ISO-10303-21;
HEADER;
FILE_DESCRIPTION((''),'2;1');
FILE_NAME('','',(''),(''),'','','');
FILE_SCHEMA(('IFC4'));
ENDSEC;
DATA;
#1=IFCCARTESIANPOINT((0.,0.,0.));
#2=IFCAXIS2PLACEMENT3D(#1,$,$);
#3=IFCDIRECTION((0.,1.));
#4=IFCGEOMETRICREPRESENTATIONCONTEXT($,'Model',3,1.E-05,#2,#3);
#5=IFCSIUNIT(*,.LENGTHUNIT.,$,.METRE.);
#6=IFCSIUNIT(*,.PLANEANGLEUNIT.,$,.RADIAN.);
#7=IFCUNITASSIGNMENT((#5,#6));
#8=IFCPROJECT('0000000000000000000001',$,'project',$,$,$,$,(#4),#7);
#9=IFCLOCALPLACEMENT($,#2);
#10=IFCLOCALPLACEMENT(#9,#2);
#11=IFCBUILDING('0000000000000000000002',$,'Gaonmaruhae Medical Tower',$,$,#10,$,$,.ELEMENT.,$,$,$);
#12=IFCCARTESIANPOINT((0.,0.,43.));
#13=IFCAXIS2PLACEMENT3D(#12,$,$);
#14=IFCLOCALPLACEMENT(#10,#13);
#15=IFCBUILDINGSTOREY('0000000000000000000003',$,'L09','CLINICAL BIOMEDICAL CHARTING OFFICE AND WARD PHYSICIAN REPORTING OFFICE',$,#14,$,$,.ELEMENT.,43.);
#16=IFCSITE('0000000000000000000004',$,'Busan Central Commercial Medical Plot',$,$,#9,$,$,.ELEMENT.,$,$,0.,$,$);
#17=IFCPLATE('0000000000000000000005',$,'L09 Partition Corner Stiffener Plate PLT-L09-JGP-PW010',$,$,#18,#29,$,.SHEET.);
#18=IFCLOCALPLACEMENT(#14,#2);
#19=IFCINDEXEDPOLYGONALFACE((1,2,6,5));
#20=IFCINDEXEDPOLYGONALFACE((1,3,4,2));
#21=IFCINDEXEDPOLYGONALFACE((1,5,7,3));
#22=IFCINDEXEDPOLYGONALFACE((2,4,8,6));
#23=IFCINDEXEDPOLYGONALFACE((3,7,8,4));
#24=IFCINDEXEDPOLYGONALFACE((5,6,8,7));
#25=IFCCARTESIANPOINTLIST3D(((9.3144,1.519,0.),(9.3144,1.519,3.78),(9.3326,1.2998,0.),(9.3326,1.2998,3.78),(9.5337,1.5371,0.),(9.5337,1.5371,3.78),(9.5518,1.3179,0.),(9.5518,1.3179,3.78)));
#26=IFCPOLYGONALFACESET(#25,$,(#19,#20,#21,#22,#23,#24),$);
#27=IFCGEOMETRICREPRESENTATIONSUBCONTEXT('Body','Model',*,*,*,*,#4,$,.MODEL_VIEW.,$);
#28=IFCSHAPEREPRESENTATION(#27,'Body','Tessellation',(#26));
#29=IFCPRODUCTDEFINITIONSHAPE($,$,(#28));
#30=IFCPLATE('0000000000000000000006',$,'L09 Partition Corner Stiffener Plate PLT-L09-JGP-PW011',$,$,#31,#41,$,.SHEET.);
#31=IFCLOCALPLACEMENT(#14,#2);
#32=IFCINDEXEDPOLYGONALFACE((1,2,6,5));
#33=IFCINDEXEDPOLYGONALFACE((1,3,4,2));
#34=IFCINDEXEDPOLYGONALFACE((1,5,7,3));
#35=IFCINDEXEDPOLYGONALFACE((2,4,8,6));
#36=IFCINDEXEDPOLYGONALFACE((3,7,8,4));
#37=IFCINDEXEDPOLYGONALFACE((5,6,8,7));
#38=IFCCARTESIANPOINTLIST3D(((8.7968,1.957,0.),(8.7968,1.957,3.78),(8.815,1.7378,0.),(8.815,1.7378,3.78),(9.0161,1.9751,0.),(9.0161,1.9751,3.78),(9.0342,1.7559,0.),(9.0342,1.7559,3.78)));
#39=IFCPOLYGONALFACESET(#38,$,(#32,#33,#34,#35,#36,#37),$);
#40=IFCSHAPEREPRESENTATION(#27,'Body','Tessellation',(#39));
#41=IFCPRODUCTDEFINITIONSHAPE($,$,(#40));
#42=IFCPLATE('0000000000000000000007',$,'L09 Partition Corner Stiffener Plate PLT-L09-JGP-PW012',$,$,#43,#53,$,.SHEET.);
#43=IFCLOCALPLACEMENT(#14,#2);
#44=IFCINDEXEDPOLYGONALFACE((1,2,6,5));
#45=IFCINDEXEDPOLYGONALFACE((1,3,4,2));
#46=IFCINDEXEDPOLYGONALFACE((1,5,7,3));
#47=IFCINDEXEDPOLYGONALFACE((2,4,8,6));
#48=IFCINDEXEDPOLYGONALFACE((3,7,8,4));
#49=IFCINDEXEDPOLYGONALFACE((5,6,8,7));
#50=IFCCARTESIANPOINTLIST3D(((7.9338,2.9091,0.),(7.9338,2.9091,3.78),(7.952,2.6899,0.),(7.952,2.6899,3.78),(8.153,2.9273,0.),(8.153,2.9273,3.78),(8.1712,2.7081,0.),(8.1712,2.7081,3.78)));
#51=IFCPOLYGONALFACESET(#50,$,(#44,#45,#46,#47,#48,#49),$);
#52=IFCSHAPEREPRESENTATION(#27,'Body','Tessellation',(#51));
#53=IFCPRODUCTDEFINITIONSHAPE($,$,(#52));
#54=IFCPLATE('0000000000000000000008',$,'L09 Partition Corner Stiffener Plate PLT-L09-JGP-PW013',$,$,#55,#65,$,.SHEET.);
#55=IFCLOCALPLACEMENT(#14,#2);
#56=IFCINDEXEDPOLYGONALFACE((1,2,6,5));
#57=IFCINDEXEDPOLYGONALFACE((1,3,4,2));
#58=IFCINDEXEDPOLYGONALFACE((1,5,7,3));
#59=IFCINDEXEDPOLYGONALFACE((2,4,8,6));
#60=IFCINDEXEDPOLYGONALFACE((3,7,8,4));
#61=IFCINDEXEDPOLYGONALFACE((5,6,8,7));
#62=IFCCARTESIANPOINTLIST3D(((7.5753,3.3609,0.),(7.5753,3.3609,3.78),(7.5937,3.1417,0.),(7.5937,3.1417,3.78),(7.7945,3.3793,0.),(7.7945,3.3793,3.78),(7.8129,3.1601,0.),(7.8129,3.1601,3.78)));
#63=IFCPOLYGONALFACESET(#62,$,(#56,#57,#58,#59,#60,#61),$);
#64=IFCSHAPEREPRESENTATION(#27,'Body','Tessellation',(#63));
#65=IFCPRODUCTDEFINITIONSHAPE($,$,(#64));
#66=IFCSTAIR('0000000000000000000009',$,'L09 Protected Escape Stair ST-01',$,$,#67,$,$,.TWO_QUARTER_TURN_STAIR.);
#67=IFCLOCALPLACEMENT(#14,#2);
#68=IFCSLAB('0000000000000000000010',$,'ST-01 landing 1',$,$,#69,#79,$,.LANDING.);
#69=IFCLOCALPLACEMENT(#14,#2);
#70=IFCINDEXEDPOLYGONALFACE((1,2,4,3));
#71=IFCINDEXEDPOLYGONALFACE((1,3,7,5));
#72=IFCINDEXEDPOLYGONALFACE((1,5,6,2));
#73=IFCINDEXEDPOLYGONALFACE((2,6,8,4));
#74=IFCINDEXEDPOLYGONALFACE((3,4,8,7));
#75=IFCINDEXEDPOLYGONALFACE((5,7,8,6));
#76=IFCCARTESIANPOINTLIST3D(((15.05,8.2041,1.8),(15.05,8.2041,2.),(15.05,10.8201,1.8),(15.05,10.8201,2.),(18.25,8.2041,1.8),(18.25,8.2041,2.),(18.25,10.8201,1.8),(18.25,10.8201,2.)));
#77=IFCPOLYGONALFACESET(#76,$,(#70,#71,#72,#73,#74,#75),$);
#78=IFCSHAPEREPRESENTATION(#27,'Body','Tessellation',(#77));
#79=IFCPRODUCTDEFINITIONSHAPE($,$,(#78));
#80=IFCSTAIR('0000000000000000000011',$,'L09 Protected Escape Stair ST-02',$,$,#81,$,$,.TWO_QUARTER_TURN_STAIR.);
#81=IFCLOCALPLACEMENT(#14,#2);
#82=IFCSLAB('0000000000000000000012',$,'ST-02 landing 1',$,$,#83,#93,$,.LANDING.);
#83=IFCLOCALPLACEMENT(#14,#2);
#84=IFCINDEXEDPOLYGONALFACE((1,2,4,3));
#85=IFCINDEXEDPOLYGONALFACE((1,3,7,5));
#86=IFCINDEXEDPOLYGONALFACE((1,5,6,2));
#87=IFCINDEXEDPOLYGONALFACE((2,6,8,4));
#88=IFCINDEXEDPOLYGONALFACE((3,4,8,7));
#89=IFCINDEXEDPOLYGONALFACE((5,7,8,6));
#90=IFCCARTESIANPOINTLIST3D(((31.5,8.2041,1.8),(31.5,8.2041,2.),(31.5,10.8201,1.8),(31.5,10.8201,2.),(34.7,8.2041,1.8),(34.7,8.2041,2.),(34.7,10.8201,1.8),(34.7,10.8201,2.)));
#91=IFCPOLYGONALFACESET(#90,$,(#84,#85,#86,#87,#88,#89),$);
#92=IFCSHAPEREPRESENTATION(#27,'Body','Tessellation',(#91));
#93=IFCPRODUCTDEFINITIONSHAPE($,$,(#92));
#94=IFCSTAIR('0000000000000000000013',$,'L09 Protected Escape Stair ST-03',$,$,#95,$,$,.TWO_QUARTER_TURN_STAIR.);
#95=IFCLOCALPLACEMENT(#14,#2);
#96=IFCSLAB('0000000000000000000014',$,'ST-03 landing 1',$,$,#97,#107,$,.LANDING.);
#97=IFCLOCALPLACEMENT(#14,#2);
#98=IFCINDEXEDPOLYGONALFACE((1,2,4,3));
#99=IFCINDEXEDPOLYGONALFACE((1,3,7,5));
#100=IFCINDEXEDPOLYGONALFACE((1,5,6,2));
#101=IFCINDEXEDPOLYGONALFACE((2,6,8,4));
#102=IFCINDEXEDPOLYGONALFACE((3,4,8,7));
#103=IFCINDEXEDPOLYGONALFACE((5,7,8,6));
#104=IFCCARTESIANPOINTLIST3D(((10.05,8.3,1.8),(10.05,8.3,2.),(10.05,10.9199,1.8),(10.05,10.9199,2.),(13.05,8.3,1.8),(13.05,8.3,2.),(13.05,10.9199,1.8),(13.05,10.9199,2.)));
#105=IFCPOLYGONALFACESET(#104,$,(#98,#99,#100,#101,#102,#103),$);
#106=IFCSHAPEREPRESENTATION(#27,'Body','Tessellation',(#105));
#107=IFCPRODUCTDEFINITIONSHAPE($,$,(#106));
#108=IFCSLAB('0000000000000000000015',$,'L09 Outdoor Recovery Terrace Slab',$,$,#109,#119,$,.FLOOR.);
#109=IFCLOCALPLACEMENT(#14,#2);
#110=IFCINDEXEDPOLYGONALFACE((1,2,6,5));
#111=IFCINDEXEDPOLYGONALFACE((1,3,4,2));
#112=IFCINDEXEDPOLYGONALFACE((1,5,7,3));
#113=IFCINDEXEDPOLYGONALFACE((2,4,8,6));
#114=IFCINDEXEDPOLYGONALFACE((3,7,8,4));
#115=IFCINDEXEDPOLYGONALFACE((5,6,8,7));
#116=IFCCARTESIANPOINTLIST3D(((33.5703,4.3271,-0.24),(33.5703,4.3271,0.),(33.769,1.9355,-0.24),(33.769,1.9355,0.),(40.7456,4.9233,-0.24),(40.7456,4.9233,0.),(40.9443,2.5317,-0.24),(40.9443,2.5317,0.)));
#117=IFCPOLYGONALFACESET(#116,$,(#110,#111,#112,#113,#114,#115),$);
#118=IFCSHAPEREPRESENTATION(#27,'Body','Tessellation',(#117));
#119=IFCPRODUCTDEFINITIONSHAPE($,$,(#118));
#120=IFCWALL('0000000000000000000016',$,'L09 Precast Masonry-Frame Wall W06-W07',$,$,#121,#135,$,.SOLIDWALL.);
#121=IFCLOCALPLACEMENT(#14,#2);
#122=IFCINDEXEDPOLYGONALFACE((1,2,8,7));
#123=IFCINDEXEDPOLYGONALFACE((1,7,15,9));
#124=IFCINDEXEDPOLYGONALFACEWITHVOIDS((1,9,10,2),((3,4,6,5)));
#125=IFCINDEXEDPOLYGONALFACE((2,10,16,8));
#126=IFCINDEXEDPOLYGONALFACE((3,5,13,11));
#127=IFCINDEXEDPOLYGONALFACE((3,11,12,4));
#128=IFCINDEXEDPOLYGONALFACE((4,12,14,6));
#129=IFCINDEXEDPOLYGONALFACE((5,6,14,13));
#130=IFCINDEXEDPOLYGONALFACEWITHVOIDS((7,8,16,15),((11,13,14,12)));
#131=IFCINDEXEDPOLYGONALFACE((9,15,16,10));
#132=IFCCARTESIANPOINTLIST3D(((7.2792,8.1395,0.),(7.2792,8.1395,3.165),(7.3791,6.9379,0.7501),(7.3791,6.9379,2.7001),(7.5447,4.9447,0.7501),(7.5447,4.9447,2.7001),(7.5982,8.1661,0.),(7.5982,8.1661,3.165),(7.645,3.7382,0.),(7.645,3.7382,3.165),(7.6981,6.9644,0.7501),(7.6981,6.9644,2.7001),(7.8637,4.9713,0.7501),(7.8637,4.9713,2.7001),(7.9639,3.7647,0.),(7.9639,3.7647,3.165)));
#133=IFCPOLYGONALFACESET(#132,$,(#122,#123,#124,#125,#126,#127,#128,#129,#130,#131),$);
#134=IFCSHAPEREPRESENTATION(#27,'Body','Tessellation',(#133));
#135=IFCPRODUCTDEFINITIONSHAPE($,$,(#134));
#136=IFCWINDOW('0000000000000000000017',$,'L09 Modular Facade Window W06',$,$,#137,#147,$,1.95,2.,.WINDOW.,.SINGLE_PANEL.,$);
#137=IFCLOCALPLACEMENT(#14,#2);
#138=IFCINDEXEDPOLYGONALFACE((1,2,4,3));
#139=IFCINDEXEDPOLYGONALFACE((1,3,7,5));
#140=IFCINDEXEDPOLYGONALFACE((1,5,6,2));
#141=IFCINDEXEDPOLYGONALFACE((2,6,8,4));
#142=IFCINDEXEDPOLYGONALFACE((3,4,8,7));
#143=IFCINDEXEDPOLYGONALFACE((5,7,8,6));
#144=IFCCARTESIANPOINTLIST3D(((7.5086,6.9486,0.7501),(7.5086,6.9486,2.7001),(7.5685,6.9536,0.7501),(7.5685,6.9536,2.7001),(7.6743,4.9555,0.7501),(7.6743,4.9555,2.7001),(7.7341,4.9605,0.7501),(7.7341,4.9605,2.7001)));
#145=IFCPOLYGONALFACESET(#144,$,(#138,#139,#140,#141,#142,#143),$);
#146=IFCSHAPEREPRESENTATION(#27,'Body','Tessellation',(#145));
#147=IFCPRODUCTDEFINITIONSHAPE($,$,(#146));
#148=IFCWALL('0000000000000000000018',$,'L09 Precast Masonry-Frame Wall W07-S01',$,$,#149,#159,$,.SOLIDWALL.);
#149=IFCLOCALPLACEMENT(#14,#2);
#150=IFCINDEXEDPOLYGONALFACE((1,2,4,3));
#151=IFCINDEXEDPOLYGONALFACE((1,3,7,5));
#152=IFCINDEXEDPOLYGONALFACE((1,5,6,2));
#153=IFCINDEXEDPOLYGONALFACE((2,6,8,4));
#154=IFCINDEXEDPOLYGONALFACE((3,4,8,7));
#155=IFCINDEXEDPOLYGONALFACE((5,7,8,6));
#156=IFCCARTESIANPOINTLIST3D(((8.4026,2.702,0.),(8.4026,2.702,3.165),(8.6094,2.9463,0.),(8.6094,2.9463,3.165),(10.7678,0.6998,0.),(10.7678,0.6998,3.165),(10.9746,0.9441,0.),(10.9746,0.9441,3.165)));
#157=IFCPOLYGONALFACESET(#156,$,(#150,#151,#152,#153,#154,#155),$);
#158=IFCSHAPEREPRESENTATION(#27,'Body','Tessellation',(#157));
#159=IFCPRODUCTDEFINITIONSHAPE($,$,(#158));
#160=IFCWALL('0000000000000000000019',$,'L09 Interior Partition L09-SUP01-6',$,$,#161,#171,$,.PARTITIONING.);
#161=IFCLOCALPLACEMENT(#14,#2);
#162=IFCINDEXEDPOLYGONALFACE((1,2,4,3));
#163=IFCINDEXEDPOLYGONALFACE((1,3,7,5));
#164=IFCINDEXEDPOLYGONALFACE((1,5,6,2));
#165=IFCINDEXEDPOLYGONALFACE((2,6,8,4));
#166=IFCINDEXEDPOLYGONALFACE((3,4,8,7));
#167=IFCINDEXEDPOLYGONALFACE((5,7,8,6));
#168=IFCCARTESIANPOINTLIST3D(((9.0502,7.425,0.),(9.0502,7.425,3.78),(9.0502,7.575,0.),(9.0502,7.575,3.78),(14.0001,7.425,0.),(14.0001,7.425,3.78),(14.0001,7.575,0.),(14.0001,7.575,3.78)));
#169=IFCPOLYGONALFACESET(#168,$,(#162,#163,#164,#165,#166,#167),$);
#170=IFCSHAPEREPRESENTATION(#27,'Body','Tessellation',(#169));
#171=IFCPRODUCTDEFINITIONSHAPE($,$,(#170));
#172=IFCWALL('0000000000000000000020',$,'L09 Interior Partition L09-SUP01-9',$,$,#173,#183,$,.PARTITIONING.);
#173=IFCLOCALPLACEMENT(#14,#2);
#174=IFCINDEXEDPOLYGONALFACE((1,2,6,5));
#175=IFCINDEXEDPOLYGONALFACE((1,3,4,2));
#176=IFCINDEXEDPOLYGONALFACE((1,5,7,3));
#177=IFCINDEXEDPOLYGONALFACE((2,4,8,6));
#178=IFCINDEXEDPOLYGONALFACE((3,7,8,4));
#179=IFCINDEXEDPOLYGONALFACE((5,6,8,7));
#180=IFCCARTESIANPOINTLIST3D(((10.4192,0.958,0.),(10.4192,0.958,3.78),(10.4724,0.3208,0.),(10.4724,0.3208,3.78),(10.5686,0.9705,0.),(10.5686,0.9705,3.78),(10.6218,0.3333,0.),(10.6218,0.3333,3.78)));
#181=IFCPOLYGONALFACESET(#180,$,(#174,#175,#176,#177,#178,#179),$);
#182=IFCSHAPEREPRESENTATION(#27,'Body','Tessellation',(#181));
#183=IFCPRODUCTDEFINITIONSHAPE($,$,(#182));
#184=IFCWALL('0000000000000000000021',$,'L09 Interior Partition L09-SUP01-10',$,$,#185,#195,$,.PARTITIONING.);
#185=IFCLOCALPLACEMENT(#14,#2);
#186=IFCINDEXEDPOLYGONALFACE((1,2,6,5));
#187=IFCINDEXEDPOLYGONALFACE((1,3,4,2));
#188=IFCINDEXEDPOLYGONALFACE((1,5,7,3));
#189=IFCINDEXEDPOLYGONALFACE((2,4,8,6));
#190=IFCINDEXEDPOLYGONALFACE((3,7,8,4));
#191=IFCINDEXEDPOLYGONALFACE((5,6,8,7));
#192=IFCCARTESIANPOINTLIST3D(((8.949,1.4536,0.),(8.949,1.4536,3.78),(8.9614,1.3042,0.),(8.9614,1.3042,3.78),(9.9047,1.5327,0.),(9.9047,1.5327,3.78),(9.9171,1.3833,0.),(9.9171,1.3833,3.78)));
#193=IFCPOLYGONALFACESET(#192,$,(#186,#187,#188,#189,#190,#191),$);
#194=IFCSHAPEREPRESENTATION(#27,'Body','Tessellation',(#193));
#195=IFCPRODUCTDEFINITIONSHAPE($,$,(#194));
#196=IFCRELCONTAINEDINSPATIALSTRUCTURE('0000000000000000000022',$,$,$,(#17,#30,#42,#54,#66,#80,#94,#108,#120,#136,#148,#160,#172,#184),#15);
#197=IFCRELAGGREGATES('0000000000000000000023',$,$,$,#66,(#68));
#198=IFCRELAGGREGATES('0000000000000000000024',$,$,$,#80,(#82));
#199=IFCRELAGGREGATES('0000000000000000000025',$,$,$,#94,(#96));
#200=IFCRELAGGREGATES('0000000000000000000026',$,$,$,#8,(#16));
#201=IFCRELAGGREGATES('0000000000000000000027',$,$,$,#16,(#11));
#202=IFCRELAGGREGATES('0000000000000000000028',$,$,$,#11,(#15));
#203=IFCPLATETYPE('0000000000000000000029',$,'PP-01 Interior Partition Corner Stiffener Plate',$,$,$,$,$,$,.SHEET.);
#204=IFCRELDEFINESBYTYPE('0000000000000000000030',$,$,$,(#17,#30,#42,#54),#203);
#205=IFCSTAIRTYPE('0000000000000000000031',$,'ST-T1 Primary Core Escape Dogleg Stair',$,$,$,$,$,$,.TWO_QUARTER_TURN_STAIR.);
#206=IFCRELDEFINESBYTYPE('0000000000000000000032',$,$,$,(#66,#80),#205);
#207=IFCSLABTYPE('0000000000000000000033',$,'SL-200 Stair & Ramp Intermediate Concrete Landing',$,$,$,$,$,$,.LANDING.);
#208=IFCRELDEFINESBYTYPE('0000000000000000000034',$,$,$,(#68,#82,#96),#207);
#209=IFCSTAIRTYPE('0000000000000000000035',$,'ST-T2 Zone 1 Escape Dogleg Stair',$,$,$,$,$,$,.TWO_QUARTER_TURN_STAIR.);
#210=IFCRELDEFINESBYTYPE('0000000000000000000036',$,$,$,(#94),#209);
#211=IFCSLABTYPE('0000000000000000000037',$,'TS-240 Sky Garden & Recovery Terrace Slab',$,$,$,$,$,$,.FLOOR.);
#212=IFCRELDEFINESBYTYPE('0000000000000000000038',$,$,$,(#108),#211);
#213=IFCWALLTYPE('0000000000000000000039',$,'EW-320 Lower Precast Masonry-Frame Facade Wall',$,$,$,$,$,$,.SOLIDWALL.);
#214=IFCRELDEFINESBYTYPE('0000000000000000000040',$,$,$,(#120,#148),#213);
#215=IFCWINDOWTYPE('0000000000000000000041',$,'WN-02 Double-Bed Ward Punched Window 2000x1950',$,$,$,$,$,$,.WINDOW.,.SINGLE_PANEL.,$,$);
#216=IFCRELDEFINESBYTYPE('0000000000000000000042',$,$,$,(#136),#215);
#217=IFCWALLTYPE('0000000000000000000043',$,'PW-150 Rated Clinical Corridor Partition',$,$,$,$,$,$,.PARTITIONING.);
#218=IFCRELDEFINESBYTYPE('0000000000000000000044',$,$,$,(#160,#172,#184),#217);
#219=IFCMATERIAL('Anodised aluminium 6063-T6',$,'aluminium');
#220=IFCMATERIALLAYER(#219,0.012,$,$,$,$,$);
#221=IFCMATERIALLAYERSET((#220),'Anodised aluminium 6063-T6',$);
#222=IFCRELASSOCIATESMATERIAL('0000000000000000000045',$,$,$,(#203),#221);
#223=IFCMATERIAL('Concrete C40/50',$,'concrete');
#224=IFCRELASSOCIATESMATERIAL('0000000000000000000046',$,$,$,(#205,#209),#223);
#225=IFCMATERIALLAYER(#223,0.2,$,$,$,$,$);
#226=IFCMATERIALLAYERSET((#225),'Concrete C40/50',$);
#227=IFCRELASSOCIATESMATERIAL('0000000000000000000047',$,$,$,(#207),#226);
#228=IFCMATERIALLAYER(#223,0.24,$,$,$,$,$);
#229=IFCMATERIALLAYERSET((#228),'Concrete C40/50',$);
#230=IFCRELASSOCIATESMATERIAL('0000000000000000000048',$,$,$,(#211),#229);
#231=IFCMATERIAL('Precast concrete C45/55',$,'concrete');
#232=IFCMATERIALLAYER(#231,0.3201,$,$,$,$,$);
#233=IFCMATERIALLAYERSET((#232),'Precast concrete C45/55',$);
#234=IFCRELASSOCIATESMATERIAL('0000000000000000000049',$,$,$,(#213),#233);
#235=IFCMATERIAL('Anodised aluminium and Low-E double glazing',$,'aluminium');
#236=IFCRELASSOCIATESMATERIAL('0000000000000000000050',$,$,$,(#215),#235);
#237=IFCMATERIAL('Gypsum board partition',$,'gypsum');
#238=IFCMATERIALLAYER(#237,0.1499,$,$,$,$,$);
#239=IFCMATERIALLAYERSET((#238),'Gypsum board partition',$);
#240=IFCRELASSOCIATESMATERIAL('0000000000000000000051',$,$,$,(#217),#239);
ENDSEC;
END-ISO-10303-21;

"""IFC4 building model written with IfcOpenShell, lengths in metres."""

from ifc_helpers import new_model, si_unit, direction, frame, frame_2d, origin, origin_2d, place, context, subcontext, project, spatial, polyline, rectangle, outline, extrude, material, layer, layer_set, type_object, element, fill, aggregate, save


model = new_model("IFC4")

# Units and contexts
model_context = context("Model", 3, precision=1e-05, world=origin(), true_north=direction((0.0, 1.0)))
body_context = subcontext(model_context, "Body", "Model", "MODEL_VIEW")
ifc_project = project(units=[si_unit("LENGTHUNIT", "METRE"), si_unit("PLANEANGLEUNIT", "RADIAN")], contexts=[model_context])

# Site, building, storey
site_placement = place(None, origin())
site = spatial("IfcSite", under=ifc_project, at=site_placement, Name="Busan Central Commercial Medical Plot", CompositionType="ELEMENT", RefElevation=0.0)
building_placement = place(site_placement, origin())
building = spatial("IfcBuilding", under=site, at=building_placement, Name="Gaonmaruhae Medical Tower", CompositionType="ELEMENT")
storey_placement = place(building_placement, frame((0.0, 0.0, 43.0)))
storey = spatial("IfcBuildingStorey", under=building, at=storey_placement, Name="L09", Description="CLINICAL BIOMEDICAL CHARTING OFFICE AND WARD PHYSICIAN REPORTING OFFICE", CompositionType="ELEMENT", Elevation=43.0)

# Shared definitions
ifc_material_1 = material(Name="Concrete C40/50", Category="concrete")

# Plates
ifc_material_2 = material(Name="Anodised aluminium 6063-T6", Category="aluminium")
ifc_layer_1 = layer(ifc_material_2, 0.012)
ifc_layer_set_1 = layer_set([ifc_layer_1], Name="Anodised aluminium 6063-T6")
plate_type = type_object("IfcPlateType", Name="PP-01 Interior Partition Corner Stiffener Plate", PredefinedType="SHEET", material=ifc_layer_set_1)
for number, where, z_axis, x_axis, name in (
    (1, (9.4331, 1.4185, 0.0), (0.0, 0.0, 1.0), (-0.996603, -0.082356, 0.0), "L09 Partition Corner Stiffener Plate PLT-L09-JGP-PW010"),
    (2, (8.9155, 1.8564, 0.0), (0.0, 0.0, 1.0), (-0.082443, 0.996596, 0.0), "L09 Partition Corner Stiffener Plate PLT-L09-JGP-PW011"),
    (3, (8.0525, 2.8086, 0.0), (0.0, 0.0, 1.0), (-0.996557, -0.082913, 0.0), "L09 Partition Corner Stiffener Plate PLT-L09-JGP-PW012"),
    (4, (7.6941, 3.2605, 0.0), (0.0, 0.0, 1.0), (-0.083313, 0.996523, 0.0), "L09 Partition Corner Stiffener Plate PLT-L09-JGP-PW013"),
):
    element("IfcPlate", number, at=place(storey_placement, frame(where, z_axis=z_axis, x_axis=x_axis)), inside=storey, type_object=plate_type, Name=name, PredefinedType="SHEET", context=body_context, shape_type="SweptSolid", body=[
        extrude(rectangle(XDim=0.22, YDim=0.22, at=origin_2d()), origin(), (0.0, 0.0, 1.0), 3.78),
    ])

# Stairs, slabs
stair_type_1 = type_object("IfcStairType", Name="ST-T1 Primary Core Escape Dogleg Stair", PredefinedType="TWO_QUARTER_TURN_STAIR", material=ifc_material_1)
stair_1_placement = place(storey_placement, origin())
stair_1 = element("IfcStair", 5, at=stair_1_placement, inside=storey, type_object=stair_type_1, Name="L09 Protected Escape Stair ST-01", PredefinedType="TWO_QUARTER_TURN_STAIR")
ifc_layer_2 = layer(ifc_material_1, 0.2)
ifc_layer_set_2 = layer_set([ifc_layer_2], Name="Concrete C40/50")
slab_type_1 = type_object("IfcSlabType", Name="SL-200 Stair & Ramp Intermediate Concrete Landing", PredefinedType="LANDING", material=ifc_layer_set_2)
slab_1_placement = place(storey_placement, frame((0.0, 0.0, 1.8)))
slab_1 = element("IfcSlab", 6, at=slab_1_placement, type_object=slab_type_1, Name="ST-01 landing 1", PredefinedType="LANDING", context=body_context, shape_type="SweptSolid", body=[
    extrude(outline(polyline([(15.05, 10.8201), (15.05, 8.2041), (18.25, 8.2041), (18.25, 10.8201), (15.05, 10.8201)])), origin(), (0.0, 0.0, 1.0), 0.2),
])
aggregate(stair_1, [slab_1])
stair_2_placement = place(storey_placement, origin())
stair_2 = element("IfcStair", 7, at=stair_2_placement, inside=storey, type_object=stair_type_1, Name="L09 Protected Escape Stair ST-02", PredefinedType="TWO_QUARTER_TURN_STAIR")
slab_2_placement = place(storey_placement, frame((0.0, 0.0, 1.8)))
slab_2 = element("IfcSlab", 8, at=slab_2_placement, type_object=slab_type_1, Name="ST-02 landing 1", PredefinedType="LANDING", context=body_context, shape_type="SweptSolid", body=[
    extrude(outline(polyline([(31.5, 10.8201), (31.5, 8.2041), (34.7, 8.2041), (34.7, 10.8201), (31.5, 10.8201)])), origin(), (0.0, 0.0, 1.0), 0.2),
])
aggregate(stair_2, [slab_2])
stair_type_2 = type_object("IfcStairType", Name="ST-T2 Zone 1 Escape Dogleg Stair", PredefinedType="TWO_QUARTER_TURN_STAIR", material=ifc_material_1)
stair_3_placement = place(storey_placement, origin())
stair_3 = element("IfcStair", 9, at=stair_3_placement, inside=storey, type_object=stair_type_2, Name="L09 Protected Escape Stair ST-03", PredefinedType="TWO_QUARTER_TURN_STAIR")
slab_3_placement = place(storey_placement, frame((0.0, 0.0, 1.8)))
slab_3 = element("IfcSlab", 10, at=slab_3_placement, type_object=slab_type_1, Name="ST-03 landing 1", PredefinedType="LANDING", context=body_context, shape_type="SweptSolid", body=[
    extrude(outline(polyline([(10.05, 10.9199), (10.05, 8.3), (13.05, 8.3), (13.05, 10.9199), (10.05, 10.9199)])), origin(), (0.0, 0.0, 1.0), 0.2),
])
aggregate(stair_3, [slab_3])

# Slab
ifc_layer_3 = layer(ifc_material_1, 0.24)
ifc_layer_set_3 = layer_set([ifc_layer_3], Name="Concrete C40/50")
slab_type_2 = type_object("IfcSlabType", Name="TS-240 Sky Garden & Recovery Terrace Slab", PredefinedType="FLOOR", material=ifc_layer_set_3)
slab_4_placement = place(storey_placement, frame((0.0, 0.0, -0.24)))
element("IfcSlab", 11, at=slab_4_placement, inside=storey, type_object=slab_type_2, Name="L09 Outdoor Recovery Terrace Slab", PredefinedType="FLOOR", context=body_context, shape_type="SweptSolid", body=[
    extrude(outline(polyline([(33.769, 1.9355), (40.9443, 2.5317), (40.7456, 4.9233), (33.5703, 4.3271), (33.769, 1.9355)])), origin(), (0.0, 0.0, 1.0), 0.24),
])

# Wall, opening, window
ifc_material_3 = material(Name="Precast concrete C45/55", Category="concrete")
ifc_layer_4 = layer(ifc_material_3, 0.3201)
ifc_layer_set_4 = layer_set([ifc_layer_4], Name="Precast concrete C45/55")
wall_type_1 = type_object("IfcWallType", Name="EW-320 Lower Precast Masonry-Frame Facade Wall", PredefinedType="SOLIDWALL", material=ifc_layer_set_4)
wall_1_placement = place(storey_placement, frame((7.8044, 3.7515, 0.0), z_axis=(0.0, 0.0, 1.0), x_axis=(-0.082808, 0.996566, 0.0)))
wall_1 = element("IfcWall", 12, at=wall_1_placement, inside=storey, type_object=wall_type_1, Name="L09 Precast Masonry-Frame Wall W06-W07", PredefinedType="SOLIDWALL", context=body_context, shape_type="SweptSolid", body=[
    extrude(rectangle(XDim=4.4165, YDim=0.3201, at=frame_2d((2.2083, 0.0))), origin(), (0.0, 0.0, 1.0), 3.165),
])
opening_placement = place(wall_1_placement, frame((1.2107, 0.0, 0.75)))
opening = element("IfcOpeningElement", 13, at=opening_placement, cuts=wall_1, PredefinedType="OPENING", context=body_context, shape_type="SweptSolid", body=[
    extrude(rectangle(XDim=2.0, YDim=1.95, at=frame_2d((1.0, 0.9751))), frame((0.0, 0.1699, 0.0), z_axis=(0.0, -1.0, 0.0), x_axis=(1.0, 0.0, 0.0)), (0.0, 0.0, 1.0), 0.3401),
])
ifc_material_4 = material(Name="Anodised aluminium and Low-E double glazing", Category="aluminium")
window_type = type_object("IfcWindowType", Name="WN-02 Double-Bed Ward Punched Window 2000x1950", PartitioningType="SINGLE_PANEL", PredefinedType="WINDOW", material=ifc_material_4)
window_placement = place(opening_placement, origin())
window = element("IfcWindow", 14, at=window_placement, inside=storey, type_object=window_type, Name="L09 Modular Facade Window W06", OverallHeight=1.95, OverallWidth=2.0, PartitioningType="SINGLE_PANEL", PredefinedType="WINDOW", context=body_context, shape_type="SweptSolid", body=[
    extrude(rectangle(XDim=2.0, YDim=1.95, at=frame_2d((1.0, 0.9751))), frame((0.0, 0.03, 0.0), z_axis=(0.0, -1.0, 0.0), x_axis=(1.0, 0.0, 0.0)), (0.0, 0.0, 1.0), 0.0601),
])
fill(opening, window)

# Walls
wall_2_placement = place(storey_placement, frame((10.8711, 0.822, 0.0), z_axis=(0.0, 0.0, 1.0), x_axis=(-0.763252, 0.646101, 0.0)))
element("IfcWall", 15, at=wall_2_placement, inside=storey, type_object=wall_type_1, Name="L09 Precast Masonry-Frame Wall W07-S01", PredefinedType="SOLIDWALL", context=body_context, shape_type="SweptSolid", body=[
    extrude(rectangle(XDim=3.0989, YDim=0.3201, at=frame_2d((1.5493, 0.0))), origin(), (0.0, 0.0, 1.0), 3.165),
])
ifc_material_5 = material(Name="Gypsum board partition", Category="gypsum")
ifc_layer_5 = layer(ifc_material_5, 0.1499)
ifc_layer_set_5 = layer_set([ifc_layer_5], Name="Gypsum board partition")
wall_type_2 = type_object("IfcWallType", Name="PW-150 Rated Clinical Corridor Partition", PredefinedType="PARTITIONING", material=ifc_layer_set_5)
wall_3_placement = place(storey_placement, frame((9.05, 7.5, 0.0), z_axis=(0.0, 0.0, 1.0), x_axis=(1.0, 0.0, 0.0)))
element("IfcWall", 16, at=wall_3_placement, inside=storey, type_object=wall_type_2, Name="L09 Interior Partition L09-SUP01-6", PredefinedType="PARTITIONING", context=body_context, shape_type="SweptSolid", body=[
    extrude(rectangle(XDim=4.95, YDim=0.1499, at=frame_2d((2.4751, 0.0))), origin(), (0.0, 0.0, 1.0), 3.78),
])
wall_4_placement = place(storey_placement, frame((10.5471, 0.3269, 0.0), z_axis=(0.0, 0.0, 1.0), x_axis=(-0.083235, 0.99653, 0.0)))
element("IfcWall", 17, at=wall_4_placement, inside=storey, type_object=wall_type_2, Name="L09 Interior Partition L09-SUP01-9", PredefinedType="PARTITIONING", context=body_context, shape_type="SweptSolid", body=[
    extrude(rectangle(XDim=0.6394, YDim=0.1499, at=frame_2d((0.3198, 0.0))), origin(), (0.0, 0.0, 1.0), 3.78),
])
wall_5_placement = place(storey_placement, frame((9.9109, 1.458, 0.0), z_axis=(0.0, 0.0, 1.0), x_axis=(-0.996593, -0.082477, 0.0)))
element("IfcWall", 18, at=wall_5_placement, inside=storey, type_object=wall_type_2, Name="L09 Interior Partition L09-SUP01-10", PredefinedType="PARTITIONING", context=body_context, shape_type="SweptSolid", body=[
    extrude(rectangle(XDim=0.959, YDim=0.1499, at=frame_2d((0.4795, 0.0))), origin(), (0.0, 0.0, 1.0), 3.78),
])

save(model, "model.ifc")
